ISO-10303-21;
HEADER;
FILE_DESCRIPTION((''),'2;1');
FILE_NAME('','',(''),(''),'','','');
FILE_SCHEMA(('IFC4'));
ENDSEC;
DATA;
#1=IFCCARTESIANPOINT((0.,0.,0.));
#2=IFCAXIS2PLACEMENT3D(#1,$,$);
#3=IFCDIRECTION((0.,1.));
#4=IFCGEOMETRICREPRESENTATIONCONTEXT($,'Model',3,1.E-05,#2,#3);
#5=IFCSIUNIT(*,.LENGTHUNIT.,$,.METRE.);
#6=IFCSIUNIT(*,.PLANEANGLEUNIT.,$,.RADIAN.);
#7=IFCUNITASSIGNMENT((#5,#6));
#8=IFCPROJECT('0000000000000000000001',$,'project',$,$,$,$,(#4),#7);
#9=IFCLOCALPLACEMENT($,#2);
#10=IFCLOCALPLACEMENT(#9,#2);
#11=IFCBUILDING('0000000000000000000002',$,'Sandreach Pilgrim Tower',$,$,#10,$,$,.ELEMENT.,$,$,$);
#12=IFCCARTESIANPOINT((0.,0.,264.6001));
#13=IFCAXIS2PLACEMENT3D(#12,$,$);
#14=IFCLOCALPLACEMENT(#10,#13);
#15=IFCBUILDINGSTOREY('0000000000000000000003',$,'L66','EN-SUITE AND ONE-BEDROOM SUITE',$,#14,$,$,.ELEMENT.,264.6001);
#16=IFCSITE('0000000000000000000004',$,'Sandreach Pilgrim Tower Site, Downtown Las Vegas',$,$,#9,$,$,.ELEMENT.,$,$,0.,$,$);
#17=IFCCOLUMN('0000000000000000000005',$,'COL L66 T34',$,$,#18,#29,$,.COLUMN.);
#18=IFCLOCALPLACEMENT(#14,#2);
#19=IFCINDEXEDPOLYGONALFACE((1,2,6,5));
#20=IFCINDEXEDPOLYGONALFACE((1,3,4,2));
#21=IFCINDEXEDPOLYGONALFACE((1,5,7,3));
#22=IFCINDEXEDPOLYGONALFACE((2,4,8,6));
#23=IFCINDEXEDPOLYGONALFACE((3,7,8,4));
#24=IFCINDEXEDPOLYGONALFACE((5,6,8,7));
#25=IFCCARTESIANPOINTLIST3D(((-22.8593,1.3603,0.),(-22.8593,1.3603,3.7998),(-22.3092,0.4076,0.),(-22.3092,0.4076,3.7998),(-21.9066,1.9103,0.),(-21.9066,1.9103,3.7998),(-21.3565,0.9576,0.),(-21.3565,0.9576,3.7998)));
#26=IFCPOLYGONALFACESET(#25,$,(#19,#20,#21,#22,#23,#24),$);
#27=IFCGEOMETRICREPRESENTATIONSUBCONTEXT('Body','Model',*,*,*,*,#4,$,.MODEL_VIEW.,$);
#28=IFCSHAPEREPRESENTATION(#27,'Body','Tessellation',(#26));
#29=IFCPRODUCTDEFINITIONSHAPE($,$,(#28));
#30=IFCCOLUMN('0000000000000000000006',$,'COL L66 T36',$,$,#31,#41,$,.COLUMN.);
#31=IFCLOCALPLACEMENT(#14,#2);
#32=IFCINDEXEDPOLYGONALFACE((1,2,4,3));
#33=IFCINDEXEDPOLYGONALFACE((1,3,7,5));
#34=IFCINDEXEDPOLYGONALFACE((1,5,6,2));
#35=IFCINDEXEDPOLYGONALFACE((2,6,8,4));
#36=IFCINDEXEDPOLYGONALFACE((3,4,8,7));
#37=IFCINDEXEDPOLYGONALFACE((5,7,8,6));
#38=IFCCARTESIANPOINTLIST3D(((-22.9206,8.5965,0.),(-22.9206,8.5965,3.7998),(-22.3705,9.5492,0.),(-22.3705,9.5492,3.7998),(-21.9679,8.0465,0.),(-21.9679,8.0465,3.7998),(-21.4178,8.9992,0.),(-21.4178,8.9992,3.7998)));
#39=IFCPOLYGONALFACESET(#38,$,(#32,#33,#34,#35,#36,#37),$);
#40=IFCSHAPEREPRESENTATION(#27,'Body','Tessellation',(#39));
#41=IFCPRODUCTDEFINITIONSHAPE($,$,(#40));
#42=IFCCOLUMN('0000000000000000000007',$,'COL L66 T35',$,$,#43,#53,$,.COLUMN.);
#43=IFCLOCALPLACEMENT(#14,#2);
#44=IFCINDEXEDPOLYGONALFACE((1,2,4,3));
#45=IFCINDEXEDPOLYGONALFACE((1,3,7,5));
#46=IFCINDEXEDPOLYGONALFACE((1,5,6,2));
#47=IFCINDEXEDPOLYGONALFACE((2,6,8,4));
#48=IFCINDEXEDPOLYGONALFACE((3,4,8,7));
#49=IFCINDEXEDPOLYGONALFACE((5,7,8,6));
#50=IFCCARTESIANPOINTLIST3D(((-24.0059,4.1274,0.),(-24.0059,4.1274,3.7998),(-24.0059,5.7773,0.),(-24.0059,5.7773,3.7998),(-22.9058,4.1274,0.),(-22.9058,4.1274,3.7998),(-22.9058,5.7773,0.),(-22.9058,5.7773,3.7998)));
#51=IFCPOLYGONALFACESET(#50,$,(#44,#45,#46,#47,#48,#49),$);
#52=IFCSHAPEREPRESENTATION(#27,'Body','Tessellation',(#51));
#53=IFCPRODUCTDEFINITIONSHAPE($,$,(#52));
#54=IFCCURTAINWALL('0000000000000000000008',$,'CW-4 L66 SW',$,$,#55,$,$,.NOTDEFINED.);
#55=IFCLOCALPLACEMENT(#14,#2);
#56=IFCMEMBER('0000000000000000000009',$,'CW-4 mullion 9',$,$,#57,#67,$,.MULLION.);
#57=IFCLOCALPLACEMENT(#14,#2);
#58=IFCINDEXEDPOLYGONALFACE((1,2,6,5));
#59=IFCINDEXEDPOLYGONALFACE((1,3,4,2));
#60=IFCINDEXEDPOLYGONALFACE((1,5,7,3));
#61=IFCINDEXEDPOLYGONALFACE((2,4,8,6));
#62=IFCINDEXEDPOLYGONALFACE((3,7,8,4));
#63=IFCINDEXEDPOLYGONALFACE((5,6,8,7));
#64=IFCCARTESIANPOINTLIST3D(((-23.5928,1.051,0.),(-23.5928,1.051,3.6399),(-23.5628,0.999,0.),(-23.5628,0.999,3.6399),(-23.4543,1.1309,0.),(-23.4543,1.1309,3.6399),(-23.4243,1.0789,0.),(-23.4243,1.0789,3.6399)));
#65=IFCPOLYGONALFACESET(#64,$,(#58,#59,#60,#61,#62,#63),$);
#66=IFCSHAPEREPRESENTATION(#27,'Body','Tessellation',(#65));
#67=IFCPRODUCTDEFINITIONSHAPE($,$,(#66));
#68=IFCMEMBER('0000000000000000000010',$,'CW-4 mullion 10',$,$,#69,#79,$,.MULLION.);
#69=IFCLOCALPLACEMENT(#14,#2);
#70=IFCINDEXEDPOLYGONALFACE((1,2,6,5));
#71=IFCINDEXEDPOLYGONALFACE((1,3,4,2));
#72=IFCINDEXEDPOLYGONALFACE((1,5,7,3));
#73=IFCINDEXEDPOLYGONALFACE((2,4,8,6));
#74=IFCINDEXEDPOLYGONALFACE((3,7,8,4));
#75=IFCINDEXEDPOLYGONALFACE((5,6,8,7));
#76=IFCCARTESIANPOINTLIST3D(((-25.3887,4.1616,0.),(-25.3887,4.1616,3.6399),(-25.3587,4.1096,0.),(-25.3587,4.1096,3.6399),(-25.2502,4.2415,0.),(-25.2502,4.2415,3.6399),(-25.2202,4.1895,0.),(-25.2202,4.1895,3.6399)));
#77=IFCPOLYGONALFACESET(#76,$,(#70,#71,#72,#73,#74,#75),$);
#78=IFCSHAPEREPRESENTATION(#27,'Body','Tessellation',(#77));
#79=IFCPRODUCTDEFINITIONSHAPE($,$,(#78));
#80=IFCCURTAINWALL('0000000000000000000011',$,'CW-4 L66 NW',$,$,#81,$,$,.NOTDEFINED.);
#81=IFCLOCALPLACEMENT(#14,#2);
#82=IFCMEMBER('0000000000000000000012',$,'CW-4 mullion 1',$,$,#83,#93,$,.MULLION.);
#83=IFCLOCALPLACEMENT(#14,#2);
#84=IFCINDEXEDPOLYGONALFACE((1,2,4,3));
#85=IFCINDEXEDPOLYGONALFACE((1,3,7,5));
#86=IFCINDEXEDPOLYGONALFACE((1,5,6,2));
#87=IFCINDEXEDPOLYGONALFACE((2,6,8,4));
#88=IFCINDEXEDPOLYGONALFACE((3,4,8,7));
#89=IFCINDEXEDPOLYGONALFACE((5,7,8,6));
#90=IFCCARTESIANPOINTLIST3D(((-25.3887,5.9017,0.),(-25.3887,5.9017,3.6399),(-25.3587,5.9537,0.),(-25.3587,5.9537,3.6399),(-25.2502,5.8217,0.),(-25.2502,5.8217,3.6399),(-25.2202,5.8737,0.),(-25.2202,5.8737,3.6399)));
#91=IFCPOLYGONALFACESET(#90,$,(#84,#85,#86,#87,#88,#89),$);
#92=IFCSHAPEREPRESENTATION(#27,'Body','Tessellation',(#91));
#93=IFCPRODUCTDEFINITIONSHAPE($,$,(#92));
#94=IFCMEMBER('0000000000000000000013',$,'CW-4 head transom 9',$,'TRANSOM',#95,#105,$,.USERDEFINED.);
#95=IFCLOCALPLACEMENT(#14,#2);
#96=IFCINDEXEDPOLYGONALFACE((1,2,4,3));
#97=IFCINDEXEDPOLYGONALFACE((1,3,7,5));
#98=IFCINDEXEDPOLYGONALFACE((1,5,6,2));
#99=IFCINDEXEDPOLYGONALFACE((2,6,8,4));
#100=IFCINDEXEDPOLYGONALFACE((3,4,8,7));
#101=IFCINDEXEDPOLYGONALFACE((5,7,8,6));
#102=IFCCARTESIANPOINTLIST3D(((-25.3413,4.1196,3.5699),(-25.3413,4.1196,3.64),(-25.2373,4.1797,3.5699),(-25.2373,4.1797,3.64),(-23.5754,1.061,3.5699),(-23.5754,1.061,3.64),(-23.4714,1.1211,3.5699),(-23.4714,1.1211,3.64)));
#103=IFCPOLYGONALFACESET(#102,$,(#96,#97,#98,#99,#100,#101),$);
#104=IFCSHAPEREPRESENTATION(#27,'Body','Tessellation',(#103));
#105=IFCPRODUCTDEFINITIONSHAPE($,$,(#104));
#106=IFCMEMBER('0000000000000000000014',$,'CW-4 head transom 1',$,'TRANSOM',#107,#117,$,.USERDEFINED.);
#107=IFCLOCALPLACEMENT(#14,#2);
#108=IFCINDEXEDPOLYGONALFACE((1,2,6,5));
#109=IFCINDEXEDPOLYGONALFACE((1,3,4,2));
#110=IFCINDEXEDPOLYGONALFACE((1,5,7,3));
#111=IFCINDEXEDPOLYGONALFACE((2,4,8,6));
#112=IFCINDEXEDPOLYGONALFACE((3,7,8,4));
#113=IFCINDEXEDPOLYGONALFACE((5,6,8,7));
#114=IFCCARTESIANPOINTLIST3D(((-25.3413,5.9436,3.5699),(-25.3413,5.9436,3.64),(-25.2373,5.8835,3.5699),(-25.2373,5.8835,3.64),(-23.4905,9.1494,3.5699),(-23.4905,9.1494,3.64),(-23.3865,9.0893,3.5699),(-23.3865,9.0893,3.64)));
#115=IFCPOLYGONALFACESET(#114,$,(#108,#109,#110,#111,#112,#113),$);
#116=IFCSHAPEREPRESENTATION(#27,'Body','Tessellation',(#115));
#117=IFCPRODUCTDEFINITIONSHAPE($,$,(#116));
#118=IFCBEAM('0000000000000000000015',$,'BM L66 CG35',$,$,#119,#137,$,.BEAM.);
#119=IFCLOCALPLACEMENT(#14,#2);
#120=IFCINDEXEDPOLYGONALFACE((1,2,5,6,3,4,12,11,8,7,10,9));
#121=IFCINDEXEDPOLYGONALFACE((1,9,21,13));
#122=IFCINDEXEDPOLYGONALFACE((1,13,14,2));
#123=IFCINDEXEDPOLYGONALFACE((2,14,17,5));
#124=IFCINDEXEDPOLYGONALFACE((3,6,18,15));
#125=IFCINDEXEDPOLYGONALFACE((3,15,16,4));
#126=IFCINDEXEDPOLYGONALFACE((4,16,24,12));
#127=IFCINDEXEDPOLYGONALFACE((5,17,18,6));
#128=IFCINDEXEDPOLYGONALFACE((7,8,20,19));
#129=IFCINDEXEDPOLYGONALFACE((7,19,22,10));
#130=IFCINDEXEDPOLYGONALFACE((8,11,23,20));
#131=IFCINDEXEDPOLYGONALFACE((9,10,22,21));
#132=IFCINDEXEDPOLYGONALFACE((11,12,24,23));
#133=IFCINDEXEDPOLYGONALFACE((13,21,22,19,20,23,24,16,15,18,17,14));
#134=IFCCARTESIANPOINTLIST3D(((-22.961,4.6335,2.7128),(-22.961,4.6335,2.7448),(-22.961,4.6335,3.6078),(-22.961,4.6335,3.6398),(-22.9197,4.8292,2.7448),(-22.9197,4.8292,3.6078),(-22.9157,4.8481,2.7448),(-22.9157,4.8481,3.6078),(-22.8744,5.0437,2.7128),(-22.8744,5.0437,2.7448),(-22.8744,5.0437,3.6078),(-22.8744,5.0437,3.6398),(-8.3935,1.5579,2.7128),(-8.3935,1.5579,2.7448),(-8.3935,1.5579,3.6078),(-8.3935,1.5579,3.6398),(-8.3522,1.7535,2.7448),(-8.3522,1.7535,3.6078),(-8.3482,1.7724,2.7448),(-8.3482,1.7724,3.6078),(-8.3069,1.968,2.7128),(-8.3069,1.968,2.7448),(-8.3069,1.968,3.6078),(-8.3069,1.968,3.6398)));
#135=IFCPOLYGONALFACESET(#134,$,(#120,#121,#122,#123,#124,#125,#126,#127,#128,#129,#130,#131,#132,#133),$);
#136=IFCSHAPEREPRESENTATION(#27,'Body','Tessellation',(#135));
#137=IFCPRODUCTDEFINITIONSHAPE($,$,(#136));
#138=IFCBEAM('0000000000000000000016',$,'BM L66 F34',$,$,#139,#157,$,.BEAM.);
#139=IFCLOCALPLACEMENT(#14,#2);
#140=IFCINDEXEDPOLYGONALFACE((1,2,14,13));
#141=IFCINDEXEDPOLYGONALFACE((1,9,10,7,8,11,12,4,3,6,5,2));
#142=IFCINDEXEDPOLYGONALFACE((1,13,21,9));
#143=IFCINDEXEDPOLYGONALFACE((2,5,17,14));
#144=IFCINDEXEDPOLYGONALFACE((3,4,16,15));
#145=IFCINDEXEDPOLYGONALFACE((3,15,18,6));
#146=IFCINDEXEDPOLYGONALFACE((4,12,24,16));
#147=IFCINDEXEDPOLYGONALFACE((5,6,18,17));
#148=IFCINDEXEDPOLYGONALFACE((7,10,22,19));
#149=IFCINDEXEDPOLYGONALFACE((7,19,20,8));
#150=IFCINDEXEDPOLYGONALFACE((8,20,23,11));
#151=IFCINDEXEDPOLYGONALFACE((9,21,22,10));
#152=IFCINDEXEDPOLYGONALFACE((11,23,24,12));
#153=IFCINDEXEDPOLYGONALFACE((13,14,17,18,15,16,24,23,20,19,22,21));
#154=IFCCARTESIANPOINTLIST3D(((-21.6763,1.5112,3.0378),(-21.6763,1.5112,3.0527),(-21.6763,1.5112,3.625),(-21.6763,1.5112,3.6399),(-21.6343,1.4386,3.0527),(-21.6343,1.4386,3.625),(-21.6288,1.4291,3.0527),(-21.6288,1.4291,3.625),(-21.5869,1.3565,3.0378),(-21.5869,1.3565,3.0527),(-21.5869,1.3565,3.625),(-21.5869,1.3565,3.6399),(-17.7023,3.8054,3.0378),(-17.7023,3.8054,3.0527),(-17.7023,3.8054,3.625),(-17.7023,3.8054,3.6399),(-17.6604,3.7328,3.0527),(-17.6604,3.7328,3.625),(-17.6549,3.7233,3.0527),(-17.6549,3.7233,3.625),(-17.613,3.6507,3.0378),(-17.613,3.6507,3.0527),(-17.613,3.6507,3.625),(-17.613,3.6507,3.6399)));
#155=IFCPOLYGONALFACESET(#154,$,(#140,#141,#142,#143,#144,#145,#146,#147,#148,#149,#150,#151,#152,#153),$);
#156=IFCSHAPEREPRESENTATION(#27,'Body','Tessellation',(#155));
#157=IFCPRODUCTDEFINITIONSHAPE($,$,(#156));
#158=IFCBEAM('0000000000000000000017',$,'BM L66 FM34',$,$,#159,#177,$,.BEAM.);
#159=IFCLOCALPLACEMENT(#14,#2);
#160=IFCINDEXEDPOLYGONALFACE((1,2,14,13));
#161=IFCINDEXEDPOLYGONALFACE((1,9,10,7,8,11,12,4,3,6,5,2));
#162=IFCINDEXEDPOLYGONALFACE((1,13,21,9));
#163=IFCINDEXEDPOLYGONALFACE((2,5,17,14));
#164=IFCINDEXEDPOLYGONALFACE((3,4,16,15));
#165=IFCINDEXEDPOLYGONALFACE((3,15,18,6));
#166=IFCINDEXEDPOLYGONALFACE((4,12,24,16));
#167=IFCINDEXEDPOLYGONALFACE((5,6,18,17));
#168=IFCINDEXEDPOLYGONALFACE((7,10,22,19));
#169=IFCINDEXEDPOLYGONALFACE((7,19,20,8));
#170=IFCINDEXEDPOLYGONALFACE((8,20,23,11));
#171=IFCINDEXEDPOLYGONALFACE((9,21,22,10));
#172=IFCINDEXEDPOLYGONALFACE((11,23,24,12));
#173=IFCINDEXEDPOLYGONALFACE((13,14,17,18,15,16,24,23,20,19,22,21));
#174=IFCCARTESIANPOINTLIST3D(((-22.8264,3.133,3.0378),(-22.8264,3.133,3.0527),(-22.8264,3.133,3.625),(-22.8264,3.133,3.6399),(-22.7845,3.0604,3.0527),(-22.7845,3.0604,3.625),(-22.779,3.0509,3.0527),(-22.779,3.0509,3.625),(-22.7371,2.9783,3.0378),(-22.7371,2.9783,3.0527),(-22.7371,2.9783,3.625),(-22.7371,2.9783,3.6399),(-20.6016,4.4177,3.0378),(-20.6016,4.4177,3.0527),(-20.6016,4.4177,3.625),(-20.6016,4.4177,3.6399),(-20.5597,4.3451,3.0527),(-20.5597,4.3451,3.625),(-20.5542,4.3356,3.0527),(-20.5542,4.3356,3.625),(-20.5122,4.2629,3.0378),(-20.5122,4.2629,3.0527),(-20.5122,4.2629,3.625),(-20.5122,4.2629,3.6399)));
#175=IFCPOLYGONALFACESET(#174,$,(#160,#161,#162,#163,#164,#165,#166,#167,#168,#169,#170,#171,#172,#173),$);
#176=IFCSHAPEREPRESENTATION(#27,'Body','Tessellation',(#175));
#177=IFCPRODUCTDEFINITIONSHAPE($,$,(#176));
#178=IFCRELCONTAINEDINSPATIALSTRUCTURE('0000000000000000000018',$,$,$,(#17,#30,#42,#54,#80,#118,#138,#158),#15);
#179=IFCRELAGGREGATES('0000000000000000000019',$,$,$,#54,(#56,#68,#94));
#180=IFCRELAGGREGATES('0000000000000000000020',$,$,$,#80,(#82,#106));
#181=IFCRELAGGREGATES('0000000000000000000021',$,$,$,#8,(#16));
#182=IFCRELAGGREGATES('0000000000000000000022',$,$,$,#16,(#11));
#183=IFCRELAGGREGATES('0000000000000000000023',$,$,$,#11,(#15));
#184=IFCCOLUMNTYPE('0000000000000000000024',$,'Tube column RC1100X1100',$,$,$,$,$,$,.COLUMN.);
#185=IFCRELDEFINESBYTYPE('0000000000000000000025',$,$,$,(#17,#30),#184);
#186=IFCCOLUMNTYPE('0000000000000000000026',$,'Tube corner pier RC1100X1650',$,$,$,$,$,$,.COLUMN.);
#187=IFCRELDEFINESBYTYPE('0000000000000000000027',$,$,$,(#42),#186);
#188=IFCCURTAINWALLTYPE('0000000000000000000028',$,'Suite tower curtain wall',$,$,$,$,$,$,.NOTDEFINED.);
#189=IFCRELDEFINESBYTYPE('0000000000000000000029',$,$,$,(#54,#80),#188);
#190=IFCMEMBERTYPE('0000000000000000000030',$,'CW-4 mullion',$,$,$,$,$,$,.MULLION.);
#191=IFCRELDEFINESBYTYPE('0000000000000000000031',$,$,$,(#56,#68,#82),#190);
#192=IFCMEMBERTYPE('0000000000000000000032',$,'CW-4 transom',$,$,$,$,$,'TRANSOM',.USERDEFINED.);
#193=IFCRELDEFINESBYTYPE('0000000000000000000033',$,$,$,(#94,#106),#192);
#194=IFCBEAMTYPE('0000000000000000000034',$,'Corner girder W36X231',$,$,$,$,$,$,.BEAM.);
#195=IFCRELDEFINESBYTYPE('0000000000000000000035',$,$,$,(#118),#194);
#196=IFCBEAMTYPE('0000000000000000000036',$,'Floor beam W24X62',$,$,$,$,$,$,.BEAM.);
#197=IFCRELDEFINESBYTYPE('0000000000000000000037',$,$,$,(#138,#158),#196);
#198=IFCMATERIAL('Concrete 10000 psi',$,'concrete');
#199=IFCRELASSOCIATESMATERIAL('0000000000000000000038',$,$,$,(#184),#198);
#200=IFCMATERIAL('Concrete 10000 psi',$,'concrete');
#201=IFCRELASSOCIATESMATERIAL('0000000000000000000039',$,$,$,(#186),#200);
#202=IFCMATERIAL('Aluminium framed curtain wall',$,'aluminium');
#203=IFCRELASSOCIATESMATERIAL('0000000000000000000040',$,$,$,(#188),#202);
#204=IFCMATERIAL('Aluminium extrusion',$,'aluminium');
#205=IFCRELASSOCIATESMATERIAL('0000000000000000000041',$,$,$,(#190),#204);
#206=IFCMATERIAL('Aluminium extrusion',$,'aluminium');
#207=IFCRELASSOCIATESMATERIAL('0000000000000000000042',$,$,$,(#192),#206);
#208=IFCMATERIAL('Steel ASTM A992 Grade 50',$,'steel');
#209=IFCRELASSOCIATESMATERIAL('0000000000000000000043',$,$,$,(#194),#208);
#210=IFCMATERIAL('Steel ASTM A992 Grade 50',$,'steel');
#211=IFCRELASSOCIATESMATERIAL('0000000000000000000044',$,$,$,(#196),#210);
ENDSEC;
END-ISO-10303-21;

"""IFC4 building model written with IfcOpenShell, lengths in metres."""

from ifc_helpers import new_model, si_unit, direction, frame, origin, origin_2d, place, context, subcontext, project, spatial, rectangle, i_section, extrude, material, material_profile, profile_set, type_object, element, aggregate, save


model = new_model("IFC4")

# Units and contexts
model_context = context("Model", 3, precision=1e-05, world=origin(), true_north=direction((0.0, 1.0)))
body_context = subcontext(model_context, "Body", "Model", "MODEL_VIEW")
ifc_project = project(units=[si_unit("LENGTHUNIT", "METRE"), si_unit("PLANEANGLEUNIT", "RADIAN")], contexts=[model_context])

# Site, building, storey
site_placement = place(None, origin())
site = spatial("IfcSite", under=ifc_project, at=site_placement, Name="Sandreach Pilgrim Tower Site, Downtown Las Vegas", CompositionType="ELEMENT", RefElevation=0.0)
building_placement = place(site_placement, origin())
building = spatial("IfcBuilding", under=site, at=building_placement, Name="Sandreach Pilgrim Tower", CompositionType="ELEMENT")
storey_placement = place(building_placement, frame((0.0, 0.0, 264.6001)))
storey = spatial("IfcBuildingStorey", under=building, at=storey_placement, Name="L66", Description="EN-SUITE AND ONE-BEDROOM SUITE", CompositionType="ELEMENT", Elevation=264.6001)

# Columns
ifc_material_1 = material(Name="Concrete 10000 psi", Category="concrete")
ifc_material_profile_1 = material_profile(ifc_material_1, rectangle(XDim=1.1001, YDim=1.1001, at=origin_2d()), Name="RC1100X1100")
ifc_profile_set_1 = profile_set([ifc_material_profile_1], Name="Concrete 10000 psi")
column_type_1 = type_object("IfcColumnType", Name="Tube column RC1100X1100", PredefinedType="COLUMN", material=ifc_profile_set_1)
for number, where, z_axis, x_axis, name in (
    (1, (-22.1079, 1.1589, 0.0), (0.0, 0.0, 1.0), (-0.866025, -0.5, 0.0), "COL L66 T34"),
    (2, (-22.1692, 8.7979, 0.0), (0.0, 0.0, 1.0), (-0.866025, 0.5, 0.0), "COL L66 T36"),
):
    element("IfcColumn", number, at=place(storey_placement, frame(where, z_axis=z_axis, x_axis=x_axis)), inside=storey, type_object=column_type_1, Name=name, PredefinedType="COLUMN", context=body_context, shape_type="SweptSolid", body=[
        extrude(rectangle(XDim=1.1001, YDim=1.1001, at=origin_2d()), origin(), (0.0, 0.0, 1.0), 3.7998),
    ])
ifc_material_2 = material(Name="Concrete 10000 psi", Category="concrete")
ifc_material_profile_2 = material_profile(ifc_material_2, rectangle(XDim=1.1001, YDim=1.6499, at=origin_2d()), Name="RC1100X1650")
ifc_profile_set_2 = profile_set([ifc_material_profile_2], Name="Concrete 10000 psi")
column_type_2 = type_object("IfcColumnType", Name="Tube corner pier RC1100X1650", PredefinedType="COLUMN", material=ifc_profile_set_2)
column_placement = place(storey_placement, frame((-23.4558, 4.9524, 0.0), z_axis=(0.0, 0.0, 1.0), x_axis=(-1.0, 0.0, 0.0)))
element("IfcColumn", 3, at=column_placement, inside=storey, type_object=column_type_2, Name="COL L66 T35", PredefinedType="COLUMN", context=body_context, shape_type="SweptSolid", body=[
    extrude(rectangle(XDim=1.1001, YDim=1.6499, at=origin_2d()), origin(), (0.0, 0.0, 1.0), 3.7998),
])

# Curtain wall, members
ifc_material_3 = material(Name="Aluminium framed curtain wall", Category="aluminium")
curtain_wall_type = type_object("IfcCurtainWallType", Name="Suite tower curtain wall", PredefinedType="NOTDEFINED", material=ifc_material_3)
curtain_wall_1_placement = place(storey_placement, origin())
curtain_wall_1 = element("IfcCurtainWall", 4, at=curtain_wall_1_placement, inside=storey, type_object=curtain_wall_type, Name="CW-4 L66 SW", PredefinedType="NOTDEFINED")
ifc_material_4 = material(Name="Aluminium extrusion", Category="aluminium")
ifc_material_profile_3 = material_profile(ifc_material_4, rectangle(XDim=0.0601, YDim=0.1599, at=origin_2d()), Name="CW-4M 60X160")
ifc_profile_set_3 = profile_set([ifc_material_profile_3], Name="Aluminium extrusion")
member_type_1 = type_object("IfcMemberType", Name="CW-4 mullion", PredefinedType="MULLION", material=ifc_profile_set_3)
member_1_placement = place(storey_placement, frame((-23.5085, 1.0649, 0.0), z_axis=(0.0, 0.0, 1.0), x_axis=(-0.5, 0.866025, 0.0)))
member_1 = element("IfcMember", 5, at=member_1_placement, type_object=member_type_1, Name="CW-4 mullion 9", PredefinedType="MULLION", context=body_context, shape_type="SweptSolid", body=[
    extrude(rectangle(XDim=0.0601, YDim=0.1599, at=origin_2d()), origin(), (0.0, 0.0, 1.0), 3.6399),
])
member_2_placement = place(storey_placement, frame((-25.3044, 4.1755, 0.0), z_axis=(0.0, 0.0, 1.0), x_axis=(-0.5, 0.866025, 0.0)))
member_2 = element("IfcMember", 6, at=member_2_placement, type_object=member_type_1, Name="CW-4 mullion 10", PredefinedType="MULLION", context=body_context, shape_type="SweptSolid", body=[
    extrude(rectangle(XDim=0.0601, YDim=0.1599, at=origin_2d()), origin(), (0.0, 0.0, 1.0), 3.6399),
])

# Curtain wall, member
curtain_wall_2_placement = place(storey_placement, origin())
curtain_wall_2 = element("IfcCurtainWall", 7, at=curtain_wall_2_placement, inside=storey, type_object=curtain_wall_type, Name="CW-4 L66 NW", PredefinedType="NOTDEFINED")
member_3_placement = place(storey_placement, frame((-25.3044, 5.8877, 0.0), z_axis=(0.0, 0.0, 1.0), x_axis=(0.5, 0.866025, 0.0)))
member_3 = element("IfcMember", 8, at=member_3_placement, type_object=member_type_1, Name="CW-4 mullion 1", PredefinedType="MULLION", context=body_context, shape_type="SweptSolid", body=[
    extrude(rectangle(XDim=0.0601, YDim=0.1599, at=origin_2d()), origin(), (0.0, 0.0, 1.0), 3.6399),
])

# Members
ifc_material_5 = material(Name="Aluminium extrusion", Category="aluminium")
ifc_material_profile_4 = material_profile(ifc_material_5, rectangle(XDim=0.1201, YDim=0.0701, at=origin_2d()), Name="CW-4T 120X70")
ifc_profile_set_4 = profile_set([ifc_material_profile_4], Name="Aluminium extrusion")
member_type_2 = type_object("IfcMemberType", Name="CW-4 transom", ElementType="TRANSOM", PredefinedType="USERDEFINED", material=ifc_profile_set_4)
member_4_placement = place(storey_placement, frame((-23.5234, 1.0911, 3.605), z_axis=(-0.499998, 0.866027, 0.0), x_axis=(-0.866027, -0.499998, 0.0)))
member_4 = element("IfcMember", 9, at=member_4_placement, type_object=member_type_2, Name="CW-4 head transom 9", ObjectType="TRANSOM", PredefinedType="USERDEFINED", context=body_context, shape_type="SweptSolid", body=[
    extrude(rectangle(XDim=0.1201, YDim=0.0701, at=origin_2d()), origin(), (0.0, 0.0, 1.0), 3.5317),
])
member_5_placement = place(storey_placement, frame((-25.2893, 5.9136, 3.605), z_axis=(0.499991, 0.866031, 0.0), x_axis=(-0.866031, 0.499991, 0.0)))
member_5 = element("IfcMember", 10, at=member_5_placement, type_object=member_type_2, Name="CW-4 head transom 1", ObjectType="TRANSOM", PredefinedType="USERDEFINED", context=body_context, shape_type="SweptSolid", body=[
    extrude(rectangle(XDim=0.1201, YDim=0.0701, at=origin_2d()), origin(), (0.0, 0.0, 1.0), 3.7017),
])

# Beams
ifc_material_6 = material(Name="Steel ASTM A992 Grade 50", Category="steel")
ifc_material_profile_5 = material_profile(ifc_material_6, i_section(OverallWidth=0.4192, OverallDepth=0.927, WebThickness=0.0193, FlangeThickness=0.032, at=origin_2d()), Name="W36X231")
ifc_profile_set_5 = profile_set([ifc_material_profile_5], Name="Steel ASTM A992 Grade 50")
beam_type_1 = type_object("IfcBeamType", Name="Corner girder W36X231", PredefinedType="BEAM", material=ifc_profile_set_5)
beam_1_placement = place(storey_placement, frame((-22.9177, 4.8386, 3.1763), z_axis=(0.97843, -0.206577, 0.0), x_axis=(0.206577, 0.97843, 0.0)))
element("IfcBeam", 11, at=beam_1_placement, inside=storey, type_object=beam_type_1, Name="BM L66 CG35", PredefinedType="BEAM", context=body_context, shape_type="SweptSolid", body=[
    extrude(i_section(OverallWidth=0.4192, OverallDepth=0.927, WebThickness=0.0193, FlangeThickness=0.032, at=origin_2d()), origin(), (0.0, 0.0, 1.0), 14.8887),
])
ifc_material_7 = material(Name="Steel ASTM A992 Grade 50", Category="steel")
ifc_material_profile_6 = material_profile(ifc_material_7, i_section(OverallWidth=0.1787, OverallDepth=0.6021, WebThickness=0.011, FlangeThickness=0.0149, at=origin_2d()), Name="W24X62")
ifc_profile_set_6 = profile_set([ifc_material_profile_6], Name="Steel ASTM A992 Grade 50")
beam_type_2 = type_object("IfcBeamType", Name="Floor beam W24X62", PredefinedType="BEAM", material=ifc_profile_set_6)
beam_2_placement = place(storey_placement, frame((-21.6316, 1.4338, 3.3389), z_axis=(0.866038, 0.499979, 0.0), x_axis=(-0.499979, 0.866038, 0.0)))
element("IfcBeam", 12, at=beam_2_placement, inside=storey, type_object=beam_type_2, Name="BM L66 F34", PredefinedType="BEAM", context=body_context, shape_type="SweptSolid", body=[
    extrude(i_section(OverallWidth=0.1787, OverallDepth=0.6021, WebThickness=0.011, FlangeThickness=0.0149, at=origin_2d()), origin(), (0.0, 0.0, 1.0), 4.5886),
])
beam_3_placement = place(storey_placement, frame((-22.7817, 3.0557, 3.3389), z_axis=(0.866, 0.500043, 0.0), x_axis=(-0.500043, 0.866, 0.0)))
element("IfcBeam", 13, at=beam_3_placement, inside=storey, type_object=beam_type_2, Name="BM L66 FM34", PredefinedType="BEAM", context=body_context, shape_type="SweptSolid", body=[
    extrude(i_section(OverallWidth=0.1787, OverallDepth=0.6021, WebThickness=0.011, FlangeThickness=0.0149, at=origin_2d()), origin(), (0.0, 0.0, 1.0), 2.5691),
])

aggregate(curtain_wall_1, [member_1, member_2, member_4])
aggregate(curtain_wall_2, [member_3, member_5])

save(model, "model.ifc")
